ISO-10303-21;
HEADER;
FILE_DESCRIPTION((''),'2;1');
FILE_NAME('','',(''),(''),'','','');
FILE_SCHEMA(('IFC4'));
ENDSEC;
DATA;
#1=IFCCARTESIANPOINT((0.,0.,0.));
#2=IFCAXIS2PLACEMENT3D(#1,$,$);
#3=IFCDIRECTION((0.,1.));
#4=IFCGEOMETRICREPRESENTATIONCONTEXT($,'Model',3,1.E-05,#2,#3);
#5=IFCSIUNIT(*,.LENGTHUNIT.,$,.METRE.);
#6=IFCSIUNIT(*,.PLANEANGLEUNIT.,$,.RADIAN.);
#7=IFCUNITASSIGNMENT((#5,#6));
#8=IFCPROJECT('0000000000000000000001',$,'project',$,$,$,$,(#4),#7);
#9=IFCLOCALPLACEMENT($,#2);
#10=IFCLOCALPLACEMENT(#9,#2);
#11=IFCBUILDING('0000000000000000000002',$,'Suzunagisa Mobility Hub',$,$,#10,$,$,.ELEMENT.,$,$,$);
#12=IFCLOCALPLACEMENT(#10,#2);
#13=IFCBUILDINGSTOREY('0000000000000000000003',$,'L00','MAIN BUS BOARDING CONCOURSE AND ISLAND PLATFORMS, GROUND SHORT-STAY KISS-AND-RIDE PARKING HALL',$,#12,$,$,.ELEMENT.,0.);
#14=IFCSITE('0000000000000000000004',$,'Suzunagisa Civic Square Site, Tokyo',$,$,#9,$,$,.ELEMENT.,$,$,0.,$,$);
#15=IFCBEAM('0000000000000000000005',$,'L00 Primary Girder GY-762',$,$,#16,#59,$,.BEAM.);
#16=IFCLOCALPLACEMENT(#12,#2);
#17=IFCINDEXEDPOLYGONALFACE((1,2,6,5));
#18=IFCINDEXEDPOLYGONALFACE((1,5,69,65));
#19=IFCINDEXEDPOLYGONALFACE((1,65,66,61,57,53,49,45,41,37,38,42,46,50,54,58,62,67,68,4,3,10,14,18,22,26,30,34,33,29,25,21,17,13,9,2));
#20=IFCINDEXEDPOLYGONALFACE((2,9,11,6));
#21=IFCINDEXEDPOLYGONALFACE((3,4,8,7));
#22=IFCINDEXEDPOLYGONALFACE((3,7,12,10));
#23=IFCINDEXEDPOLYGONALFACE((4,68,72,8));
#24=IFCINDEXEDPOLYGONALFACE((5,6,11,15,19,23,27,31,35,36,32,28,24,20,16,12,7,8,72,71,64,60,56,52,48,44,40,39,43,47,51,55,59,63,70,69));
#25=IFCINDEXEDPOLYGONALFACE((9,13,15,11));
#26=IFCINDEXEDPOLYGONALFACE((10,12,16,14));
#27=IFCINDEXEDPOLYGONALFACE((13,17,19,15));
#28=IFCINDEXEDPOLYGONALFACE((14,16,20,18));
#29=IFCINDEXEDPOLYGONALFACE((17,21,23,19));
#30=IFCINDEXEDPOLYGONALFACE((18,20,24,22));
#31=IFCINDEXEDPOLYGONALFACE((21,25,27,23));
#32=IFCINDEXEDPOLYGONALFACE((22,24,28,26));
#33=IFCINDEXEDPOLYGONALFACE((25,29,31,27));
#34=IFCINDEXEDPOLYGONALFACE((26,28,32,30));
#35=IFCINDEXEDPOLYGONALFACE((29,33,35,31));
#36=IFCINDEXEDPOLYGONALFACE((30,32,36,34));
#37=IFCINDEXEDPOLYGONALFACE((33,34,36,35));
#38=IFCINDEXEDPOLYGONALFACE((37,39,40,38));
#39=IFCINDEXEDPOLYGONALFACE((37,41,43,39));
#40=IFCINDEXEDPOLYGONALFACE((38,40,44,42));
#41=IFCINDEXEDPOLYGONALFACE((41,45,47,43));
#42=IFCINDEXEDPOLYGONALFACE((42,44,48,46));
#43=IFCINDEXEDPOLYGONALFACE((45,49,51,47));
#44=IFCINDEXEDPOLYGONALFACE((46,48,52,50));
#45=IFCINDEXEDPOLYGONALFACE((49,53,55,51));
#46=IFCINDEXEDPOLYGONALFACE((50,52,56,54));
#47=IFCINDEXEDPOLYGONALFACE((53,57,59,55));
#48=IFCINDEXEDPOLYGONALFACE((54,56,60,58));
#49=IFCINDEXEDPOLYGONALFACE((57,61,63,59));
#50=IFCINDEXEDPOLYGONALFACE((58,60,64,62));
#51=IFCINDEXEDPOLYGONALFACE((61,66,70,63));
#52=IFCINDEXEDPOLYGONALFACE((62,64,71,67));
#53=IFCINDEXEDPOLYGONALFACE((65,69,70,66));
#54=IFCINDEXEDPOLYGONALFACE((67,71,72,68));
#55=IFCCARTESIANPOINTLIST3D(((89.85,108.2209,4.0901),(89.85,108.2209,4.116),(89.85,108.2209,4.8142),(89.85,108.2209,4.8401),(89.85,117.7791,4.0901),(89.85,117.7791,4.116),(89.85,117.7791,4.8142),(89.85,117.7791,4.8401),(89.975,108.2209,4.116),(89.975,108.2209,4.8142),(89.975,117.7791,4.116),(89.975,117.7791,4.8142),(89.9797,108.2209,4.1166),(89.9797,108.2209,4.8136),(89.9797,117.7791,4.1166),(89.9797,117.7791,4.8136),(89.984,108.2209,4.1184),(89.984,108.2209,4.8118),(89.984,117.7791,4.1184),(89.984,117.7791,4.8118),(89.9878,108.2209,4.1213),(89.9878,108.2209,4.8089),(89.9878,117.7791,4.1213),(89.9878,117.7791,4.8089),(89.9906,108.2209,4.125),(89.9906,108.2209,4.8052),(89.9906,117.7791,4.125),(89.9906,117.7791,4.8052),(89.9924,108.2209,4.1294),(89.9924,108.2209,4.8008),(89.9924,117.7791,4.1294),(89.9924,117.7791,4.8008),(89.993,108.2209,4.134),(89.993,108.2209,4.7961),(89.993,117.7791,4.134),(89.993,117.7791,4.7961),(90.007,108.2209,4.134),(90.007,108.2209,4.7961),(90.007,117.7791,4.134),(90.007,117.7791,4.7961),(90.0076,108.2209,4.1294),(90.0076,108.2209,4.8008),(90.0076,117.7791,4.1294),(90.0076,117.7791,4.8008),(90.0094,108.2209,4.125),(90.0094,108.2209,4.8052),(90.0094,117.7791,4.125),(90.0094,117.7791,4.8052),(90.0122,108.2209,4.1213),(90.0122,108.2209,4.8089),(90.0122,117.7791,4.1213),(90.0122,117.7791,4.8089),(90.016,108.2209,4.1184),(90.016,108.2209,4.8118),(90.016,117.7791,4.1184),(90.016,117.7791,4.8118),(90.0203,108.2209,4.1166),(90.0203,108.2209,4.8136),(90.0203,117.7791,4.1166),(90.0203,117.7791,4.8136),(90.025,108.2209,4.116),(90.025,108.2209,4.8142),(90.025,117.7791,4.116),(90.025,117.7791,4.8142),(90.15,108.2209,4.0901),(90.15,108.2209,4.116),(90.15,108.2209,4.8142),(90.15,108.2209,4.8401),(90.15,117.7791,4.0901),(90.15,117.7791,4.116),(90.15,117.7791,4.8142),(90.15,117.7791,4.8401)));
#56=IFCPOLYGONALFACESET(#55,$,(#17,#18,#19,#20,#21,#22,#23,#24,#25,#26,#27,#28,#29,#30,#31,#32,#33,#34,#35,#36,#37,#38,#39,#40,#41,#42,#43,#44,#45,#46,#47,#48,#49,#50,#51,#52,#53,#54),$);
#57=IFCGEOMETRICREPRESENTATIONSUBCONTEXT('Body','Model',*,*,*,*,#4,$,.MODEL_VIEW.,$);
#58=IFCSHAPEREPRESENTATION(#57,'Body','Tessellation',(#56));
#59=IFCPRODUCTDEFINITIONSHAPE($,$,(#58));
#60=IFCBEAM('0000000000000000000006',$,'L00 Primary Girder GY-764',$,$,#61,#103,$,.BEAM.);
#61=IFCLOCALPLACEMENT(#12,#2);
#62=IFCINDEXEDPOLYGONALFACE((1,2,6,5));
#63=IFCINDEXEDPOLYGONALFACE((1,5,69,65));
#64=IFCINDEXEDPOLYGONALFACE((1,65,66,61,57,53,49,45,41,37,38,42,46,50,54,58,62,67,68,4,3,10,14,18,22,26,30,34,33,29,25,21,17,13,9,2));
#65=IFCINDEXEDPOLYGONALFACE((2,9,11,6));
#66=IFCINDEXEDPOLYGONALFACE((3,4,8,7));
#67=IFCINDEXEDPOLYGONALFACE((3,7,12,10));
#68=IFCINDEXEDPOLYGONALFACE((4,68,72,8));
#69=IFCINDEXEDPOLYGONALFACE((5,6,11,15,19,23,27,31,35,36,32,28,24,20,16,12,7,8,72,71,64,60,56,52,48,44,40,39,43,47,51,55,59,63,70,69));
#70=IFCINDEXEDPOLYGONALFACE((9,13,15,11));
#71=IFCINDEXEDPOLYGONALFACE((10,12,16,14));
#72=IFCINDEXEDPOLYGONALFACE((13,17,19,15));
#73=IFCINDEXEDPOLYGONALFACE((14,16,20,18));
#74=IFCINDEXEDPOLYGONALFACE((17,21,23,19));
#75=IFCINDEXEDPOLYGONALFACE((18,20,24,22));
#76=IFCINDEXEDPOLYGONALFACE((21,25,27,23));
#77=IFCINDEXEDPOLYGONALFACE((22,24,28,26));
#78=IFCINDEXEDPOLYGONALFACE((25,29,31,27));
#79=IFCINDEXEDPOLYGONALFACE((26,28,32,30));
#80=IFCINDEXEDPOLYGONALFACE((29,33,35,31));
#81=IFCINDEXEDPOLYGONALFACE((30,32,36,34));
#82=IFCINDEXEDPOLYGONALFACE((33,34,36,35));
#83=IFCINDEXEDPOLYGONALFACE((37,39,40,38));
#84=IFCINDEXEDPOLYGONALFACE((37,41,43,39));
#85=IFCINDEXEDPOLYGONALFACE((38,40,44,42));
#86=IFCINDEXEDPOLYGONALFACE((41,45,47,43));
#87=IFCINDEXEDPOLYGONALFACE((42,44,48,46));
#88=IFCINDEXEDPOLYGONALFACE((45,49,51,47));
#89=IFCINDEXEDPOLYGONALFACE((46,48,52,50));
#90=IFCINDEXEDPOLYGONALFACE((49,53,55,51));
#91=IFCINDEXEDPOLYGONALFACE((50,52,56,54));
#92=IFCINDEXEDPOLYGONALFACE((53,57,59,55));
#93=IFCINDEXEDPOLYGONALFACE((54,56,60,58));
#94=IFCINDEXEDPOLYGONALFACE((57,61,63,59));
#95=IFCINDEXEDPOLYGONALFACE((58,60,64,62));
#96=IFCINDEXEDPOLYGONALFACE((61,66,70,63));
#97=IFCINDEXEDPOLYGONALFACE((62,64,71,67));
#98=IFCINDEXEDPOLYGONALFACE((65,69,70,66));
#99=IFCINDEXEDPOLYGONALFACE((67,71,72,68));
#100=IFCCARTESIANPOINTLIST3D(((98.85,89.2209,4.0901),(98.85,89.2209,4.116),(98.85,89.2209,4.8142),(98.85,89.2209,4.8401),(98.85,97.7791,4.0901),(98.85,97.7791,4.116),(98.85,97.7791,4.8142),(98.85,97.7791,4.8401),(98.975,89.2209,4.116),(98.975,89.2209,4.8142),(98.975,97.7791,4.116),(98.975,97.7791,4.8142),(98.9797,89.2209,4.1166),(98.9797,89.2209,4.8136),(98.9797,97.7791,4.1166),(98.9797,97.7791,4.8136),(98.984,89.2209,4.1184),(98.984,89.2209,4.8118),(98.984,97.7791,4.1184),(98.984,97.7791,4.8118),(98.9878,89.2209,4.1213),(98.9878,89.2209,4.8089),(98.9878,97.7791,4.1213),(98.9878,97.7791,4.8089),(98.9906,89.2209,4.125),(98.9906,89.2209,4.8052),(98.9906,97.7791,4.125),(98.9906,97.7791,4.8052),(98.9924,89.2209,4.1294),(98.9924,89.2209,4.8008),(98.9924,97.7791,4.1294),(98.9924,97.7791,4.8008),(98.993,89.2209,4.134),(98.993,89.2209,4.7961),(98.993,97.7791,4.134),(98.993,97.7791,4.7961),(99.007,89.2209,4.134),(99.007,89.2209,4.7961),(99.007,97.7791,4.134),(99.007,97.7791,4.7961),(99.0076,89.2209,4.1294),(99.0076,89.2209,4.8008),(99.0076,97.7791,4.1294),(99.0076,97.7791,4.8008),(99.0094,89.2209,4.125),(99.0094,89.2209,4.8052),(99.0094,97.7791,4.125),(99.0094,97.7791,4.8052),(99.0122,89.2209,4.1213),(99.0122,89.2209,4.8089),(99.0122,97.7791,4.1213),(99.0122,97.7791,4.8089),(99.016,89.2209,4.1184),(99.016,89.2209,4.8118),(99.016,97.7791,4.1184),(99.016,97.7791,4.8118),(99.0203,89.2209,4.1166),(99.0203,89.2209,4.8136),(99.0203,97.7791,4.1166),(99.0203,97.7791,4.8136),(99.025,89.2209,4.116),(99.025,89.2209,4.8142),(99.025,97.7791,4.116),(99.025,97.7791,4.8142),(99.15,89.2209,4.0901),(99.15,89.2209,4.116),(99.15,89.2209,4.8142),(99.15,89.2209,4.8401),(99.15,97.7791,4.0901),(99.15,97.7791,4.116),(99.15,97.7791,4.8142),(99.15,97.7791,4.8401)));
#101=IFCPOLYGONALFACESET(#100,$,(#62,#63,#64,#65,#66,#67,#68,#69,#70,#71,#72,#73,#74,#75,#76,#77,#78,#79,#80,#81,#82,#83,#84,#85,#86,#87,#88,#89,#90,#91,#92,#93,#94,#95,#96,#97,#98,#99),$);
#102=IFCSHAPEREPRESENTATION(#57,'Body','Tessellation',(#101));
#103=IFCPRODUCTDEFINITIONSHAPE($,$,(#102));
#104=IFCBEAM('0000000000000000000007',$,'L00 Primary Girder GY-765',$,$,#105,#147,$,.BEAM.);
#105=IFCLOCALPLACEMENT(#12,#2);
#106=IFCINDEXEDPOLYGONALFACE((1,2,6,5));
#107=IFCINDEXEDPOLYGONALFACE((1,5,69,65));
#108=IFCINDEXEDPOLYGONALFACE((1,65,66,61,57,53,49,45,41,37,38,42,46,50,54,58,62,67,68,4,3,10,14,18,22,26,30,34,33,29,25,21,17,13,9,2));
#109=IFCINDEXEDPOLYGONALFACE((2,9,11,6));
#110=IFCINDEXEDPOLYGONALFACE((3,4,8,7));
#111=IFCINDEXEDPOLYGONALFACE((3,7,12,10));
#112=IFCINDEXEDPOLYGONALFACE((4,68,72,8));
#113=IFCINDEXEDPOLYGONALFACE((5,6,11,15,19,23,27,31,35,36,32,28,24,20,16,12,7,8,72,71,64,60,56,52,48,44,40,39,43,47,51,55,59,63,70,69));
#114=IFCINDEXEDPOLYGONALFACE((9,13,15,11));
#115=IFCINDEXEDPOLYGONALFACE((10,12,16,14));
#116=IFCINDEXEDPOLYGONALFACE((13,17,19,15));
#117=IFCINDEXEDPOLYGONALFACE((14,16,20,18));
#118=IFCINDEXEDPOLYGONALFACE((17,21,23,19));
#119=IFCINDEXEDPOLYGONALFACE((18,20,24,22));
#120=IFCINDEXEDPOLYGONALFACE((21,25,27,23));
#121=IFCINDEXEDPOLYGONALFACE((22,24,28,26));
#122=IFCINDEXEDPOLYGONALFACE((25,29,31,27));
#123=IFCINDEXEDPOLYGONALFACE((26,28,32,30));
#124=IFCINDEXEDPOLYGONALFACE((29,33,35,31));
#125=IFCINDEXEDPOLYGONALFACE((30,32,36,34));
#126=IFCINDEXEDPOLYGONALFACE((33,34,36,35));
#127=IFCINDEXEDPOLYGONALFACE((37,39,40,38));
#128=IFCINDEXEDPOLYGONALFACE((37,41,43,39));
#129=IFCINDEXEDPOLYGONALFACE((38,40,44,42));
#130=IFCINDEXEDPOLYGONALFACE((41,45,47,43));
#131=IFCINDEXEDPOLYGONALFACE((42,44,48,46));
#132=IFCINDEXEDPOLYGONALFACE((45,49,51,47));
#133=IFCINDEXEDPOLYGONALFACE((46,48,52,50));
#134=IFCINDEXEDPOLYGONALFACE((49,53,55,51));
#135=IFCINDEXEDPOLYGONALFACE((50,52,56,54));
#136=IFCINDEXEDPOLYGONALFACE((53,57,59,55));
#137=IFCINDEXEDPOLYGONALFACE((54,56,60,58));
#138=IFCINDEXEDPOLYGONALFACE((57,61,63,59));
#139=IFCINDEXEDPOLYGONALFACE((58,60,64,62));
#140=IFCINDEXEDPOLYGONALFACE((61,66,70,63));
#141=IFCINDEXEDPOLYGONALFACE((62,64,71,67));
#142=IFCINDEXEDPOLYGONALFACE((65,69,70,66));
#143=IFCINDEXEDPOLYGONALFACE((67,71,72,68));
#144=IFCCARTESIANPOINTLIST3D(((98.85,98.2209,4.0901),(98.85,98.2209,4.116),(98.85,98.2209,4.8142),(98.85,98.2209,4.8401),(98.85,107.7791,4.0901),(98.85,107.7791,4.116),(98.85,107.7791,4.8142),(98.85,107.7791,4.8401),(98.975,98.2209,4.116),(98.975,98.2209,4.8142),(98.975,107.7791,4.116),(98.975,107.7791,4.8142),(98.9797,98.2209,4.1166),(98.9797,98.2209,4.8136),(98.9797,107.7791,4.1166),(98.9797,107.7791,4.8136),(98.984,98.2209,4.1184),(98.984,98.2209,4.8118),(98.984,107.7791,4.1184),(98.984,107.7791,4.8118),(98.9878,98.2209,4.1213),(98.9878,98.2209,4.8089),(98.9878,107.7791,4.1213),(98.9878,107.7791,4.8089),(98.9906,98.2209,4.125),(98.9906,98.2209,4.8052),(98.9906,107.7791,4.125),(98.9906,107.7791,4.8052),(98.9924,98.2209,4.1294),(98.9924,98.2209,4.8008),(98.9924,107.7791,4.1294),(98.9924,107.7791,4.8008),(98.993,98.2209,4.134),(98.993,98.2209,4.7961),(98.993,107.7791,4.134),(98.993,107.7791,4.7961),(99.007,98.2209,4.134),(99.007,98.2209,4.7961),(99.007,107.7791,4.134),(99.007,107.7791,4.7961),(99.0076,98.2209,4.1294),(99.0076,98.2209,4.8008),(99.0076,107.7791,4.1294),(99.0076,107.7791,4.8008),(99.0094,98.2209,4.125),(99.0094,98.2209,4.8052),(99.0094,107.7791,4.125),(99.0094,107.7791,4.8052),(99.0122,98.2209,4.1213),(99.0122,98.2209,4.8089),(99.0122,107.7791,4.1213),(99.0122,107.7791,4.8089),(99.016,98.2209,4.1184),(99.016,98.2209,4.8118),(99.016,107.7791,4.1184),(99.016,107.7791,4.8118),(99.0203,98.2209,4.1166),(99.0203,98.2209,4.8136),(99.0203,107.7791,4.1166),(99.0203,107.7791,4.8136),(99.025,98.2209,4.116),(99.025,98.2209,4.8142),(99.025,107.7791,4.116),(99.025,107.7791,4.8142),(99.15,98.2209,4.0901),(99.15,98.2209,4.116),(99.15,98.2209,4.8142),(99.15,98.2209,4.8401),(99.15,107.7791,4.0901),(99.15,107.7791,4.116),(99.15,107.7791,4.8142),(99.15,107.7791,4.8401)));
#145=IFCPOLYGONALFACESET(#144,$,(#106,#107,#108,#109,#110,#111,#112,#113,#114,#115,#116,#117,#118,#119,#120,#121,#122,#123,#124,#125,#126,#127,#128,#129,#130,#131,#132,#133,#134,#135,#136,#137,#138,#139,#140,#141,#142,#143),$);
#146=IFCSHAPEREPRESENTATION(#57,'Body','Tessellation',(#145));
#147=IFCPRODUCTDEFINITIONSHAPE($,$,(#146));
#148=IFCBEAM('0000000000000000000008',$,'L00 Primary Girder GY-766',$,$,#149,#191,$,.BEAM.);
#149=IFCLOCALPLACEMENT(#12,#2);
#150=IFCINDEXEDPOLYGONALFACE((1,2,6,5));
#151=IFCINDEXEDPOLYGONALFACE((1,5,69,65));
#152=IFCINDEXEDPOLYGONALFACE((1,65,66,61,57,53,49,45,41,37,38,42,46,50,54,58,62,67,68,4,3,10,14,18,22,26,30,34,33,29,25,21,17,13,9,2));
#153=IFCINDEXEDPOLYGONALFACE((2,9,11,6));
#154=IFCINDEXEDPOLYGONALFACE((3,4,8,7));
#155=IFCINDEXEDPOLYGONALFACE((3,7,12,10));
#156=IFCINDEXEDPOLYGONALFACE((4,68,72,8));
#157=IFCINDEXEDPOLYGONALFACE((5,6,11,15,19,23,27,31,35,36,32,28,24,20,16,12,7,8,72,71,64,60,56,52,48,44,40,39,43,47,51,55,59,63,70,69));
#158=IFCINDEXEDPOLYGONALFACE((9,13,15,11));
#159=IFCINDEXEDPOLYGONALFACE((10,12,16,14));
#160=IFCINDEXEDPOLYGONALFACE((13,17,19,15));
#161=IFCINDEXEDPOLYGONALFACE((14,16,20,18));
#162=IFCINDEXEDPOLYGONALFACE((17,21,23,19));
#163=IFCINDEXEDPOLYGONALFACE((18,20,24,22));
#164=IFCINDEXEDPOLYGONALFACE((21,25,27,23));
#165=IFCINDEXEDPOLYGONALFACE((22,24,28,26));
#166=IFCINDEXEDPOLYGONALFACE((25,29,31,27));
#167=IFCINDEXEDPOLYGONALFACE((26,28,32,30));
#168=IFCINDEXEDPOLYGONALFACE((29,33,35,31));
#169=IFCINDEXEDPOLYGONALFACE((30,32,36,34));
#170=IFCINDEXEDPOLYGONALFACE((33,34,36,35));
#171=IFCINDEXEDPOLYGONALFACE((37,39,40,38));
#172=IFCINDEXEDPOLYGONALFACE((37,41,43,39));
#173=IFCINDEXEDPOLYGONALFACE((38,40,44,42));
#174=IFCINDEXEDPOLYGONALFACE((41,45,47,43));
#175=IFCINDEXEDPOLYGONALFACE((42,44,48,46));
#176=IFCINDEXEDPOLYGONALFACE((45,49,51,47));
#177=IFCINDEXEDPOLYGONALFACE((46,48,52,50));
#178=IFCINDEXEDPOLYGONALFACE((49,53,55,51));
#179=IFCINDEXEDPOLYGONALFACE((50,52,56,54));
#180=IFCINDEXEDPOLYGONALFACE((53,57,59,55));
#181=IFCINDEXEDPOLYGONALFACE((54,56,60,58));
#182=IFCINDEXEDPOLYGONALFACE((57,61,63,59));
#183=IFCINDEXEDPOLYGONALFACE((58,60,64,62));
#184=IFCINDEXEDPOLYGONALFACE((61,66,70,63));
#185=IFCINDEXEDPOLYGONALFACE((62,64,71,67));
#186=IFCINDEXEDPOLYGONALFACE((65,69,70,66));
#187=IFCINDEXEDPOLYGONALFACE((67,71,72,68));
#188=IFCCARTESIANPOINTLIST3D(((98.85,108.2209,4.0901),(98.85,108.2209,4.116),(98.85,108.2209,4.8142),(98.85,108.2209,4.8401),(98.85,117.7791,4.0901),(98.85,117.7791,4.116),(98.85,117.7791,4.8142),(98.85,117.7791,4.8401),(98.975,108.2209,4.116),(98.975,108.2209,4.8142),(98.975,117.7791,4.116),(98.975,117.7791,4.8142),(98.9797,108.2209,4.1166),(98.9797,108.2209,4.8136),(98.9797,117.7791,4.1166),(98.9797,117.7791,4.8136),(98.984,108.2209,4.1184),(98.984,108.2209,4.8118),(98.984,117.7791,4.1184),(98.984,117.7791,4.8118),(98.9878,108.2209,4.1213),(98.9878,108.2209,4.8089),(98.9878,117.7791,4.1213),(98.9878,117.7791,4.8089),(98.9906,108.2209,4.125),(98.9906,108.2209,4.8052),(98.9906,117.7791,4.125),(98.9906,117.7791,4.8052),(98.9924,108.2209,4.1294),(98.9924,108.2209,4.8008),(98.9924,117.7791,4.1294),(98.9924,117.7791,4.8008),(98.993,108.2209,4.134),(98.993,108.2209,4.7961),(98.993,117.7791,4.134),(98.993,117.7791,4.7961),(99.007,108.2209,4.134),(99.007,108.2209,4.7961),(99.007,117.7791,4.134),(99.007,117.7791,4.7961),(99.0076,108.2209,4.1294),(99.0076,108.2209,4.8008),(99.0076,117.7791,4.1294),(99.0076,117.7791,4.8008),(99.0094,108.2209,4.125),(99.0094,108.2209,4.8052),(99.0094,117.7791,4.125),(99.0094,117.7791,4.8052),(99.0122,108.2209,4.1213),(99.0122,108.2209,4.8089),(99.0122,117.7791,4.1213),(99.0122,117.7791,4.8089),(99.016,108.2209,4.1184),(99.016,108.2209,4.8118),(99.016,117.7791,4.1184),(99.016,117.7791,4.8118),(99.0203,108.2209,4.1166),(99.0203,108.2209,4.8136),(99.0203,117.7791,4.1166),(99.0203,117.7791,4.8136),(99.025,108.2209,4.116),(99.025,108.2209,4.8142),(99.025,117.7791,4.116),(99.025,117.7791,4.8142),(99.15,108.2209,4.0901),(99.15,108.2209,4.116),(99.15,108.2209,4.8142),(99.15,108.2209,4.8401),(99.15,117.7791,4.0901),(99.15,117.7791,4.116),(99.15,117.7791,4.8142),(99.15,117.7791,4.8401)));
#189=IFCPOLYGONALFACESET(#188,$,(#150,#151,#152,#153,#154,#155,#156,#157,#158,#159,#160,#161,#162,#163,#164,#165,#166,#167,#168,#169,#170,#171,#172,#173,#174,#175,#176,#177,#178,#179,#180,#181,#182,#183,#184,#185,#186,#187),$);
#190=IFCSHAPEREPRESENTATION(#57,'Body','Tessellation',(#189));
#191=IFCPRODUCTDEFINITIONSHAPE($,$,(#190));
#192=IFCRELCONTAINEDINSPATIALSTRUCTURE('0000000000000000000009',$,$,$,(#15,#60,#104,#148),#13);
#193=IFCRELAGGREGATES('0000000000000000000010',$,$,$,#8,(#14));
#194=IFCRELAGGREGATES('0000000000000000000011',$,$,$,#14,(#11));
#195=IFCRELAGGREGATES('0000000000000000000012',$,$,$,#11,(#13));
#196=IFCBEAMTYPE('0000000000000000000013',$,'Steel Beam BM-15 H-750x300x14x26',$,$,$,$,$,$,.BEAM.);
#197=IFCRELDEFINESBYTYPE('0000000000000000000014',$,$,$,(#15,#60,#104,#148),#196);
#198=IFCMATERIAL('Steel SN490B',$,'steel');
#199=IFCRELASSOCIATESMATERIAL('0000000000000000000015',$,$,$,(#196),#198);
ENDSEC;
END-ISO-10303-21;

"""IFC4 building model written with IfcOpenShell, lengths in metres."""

from ifc_helpers import new_model, si_unit, direction, frame, origin, origin_2d, place, context, subcontext, project, spatial, i_section, extrude, material, material_profile, profile_set, type_object, element, save


model = new_model("IFC4")

# Units and contexts
model_context = context("Model", 3, precision=1e-05, world=origin(), true_north=direction((0.0, 1.0)))
body_context = subcontext(model_context, "Body", "Model", "MODEL_VIEW")
ifc_project = project(units=[si_unit("LENGTHUNIT", "METRE"), si_unit("PLANEANGLEUNIT", "RADIAN")], contexts=[model_context])

# Site, building, storey
site_placement = place(None, origin())
site = spatial("IfcSite", under=ifc_project, at=site_placement, Name="Suzunagisa Civic Square Site, Tokyo", CompositionType="ELEMENT", RefElevation=0.0)
building_placement = place(site_placement, origin())
building = spatial("IfcBuilding", under=site, at=building_placement, Name="Suzunagisa Mobility Hub", CompositionType="ELEMENT")
storey_placement = place(building_placement, origin())
storey = spatial("IfcBuildingStorey", under=building, at=storey_placement, Name="L00", Description="MAIN BUS BOARDING CONCOURSE AND ISLAND PLATFORMS, GROUND SHORT-STAY KISS-AND-RIDE PARKING HALL", CompositionType="ELEMENT", Elevation=0.0)

# Shared definitions
ifc_material_1 = material(Name="Steel SN490B", Category="steel")

# Beams
ifc_material_profile_1 = material_profile(ifc_material_1, i_section(OverallWidth=0.3, OverallDepth=0.75, WebThickness=0.0139, FlangeThickness=0.0259, FilletRadius=0.0181, at=origin_2d()), Name="H-750x300x14x26")
ifc_profile_set_1 = profile_set([ifc_material_profile_1], Name="Steel SN490B")
beam_type_1 = type_object("IfcBeamType", Name="Steel Beam BM-15 H-750x300x14x26", PredefinedType="BEAM", material=ifc_profile_set_1)
for number, where, z_axis, x_axis, name in (
    (1, (90.0, 108.2209, 4.4651), (0.0, 1.0, 0.0), (-1.0, 0.0, 0.0), "L00 Primary Girder GY-762"),
):
    element("IfcBeam", number, at=place(storey_placement, frame(where, z_axis=z_axis, x_axis=x_axis)), inside=storey, type_object=beam_type_1, Name=name, PredefinedType="BEAM", context=body_context, shape_type="SweptSolid", body=[
        extrude(i_section(OverallWidth=0.3, OverallDepth=0.75, WebThickness=0.0139, FlangeThickness=0.0259, FilletRadius=0.0181, at=origin_2d()), origin(), (0.0, 0.0, 1.0), 9.5581),
    ])
beam_1_placement = place(storey_placement, frame((99.0, 89.2209, 4.4651), z_axis=(0.0, 1.0, 0.0), x_axis=(-1.0, 0.0, 0.0)))
element("IfcBeam", 2, at=beam_1_placement, inside=storey, type_object=beam_type_1, Name="L00 Primary Girder GY-764", PredefinedType="BEAM", context=body_context, shape_type="SweptSolid", body=[
    extrude(i_section(OverallWidth=0.3, OverallDepth=0.75, WebThickness=0.0139, FlangeThickness=0.0259, FilletRadius=0.0181, at=origin_2d()), origin(), (0.0, 0.0, 1.0), 8.5581),
])
for number, where, z_axis, x_axis, name in (
    (3, (99.0, 98.2209, 4.4651), (0.0, 1.0, 0.0), (-1.0, 0.0, 0.0), "L00 Primary Girder GY-765"),
    (4, (99.0, 108.2209, 4.4651), (0.0, 1.0, 0.0), (-1.0, 0.0, 0.0), "L00 Primary Girder GY-766"),
):
    element("IfcBeam", number, at=place(storey_placement, frame(where, z_axis=z_axis, x_axis=x_axis)), inside=storey, type_object=beam_type_1, Name=name, PredefinedType="BEAM", context=body_context, shape_type="SweptSolid", body=[
        extrude(i_section(OverallWidth=0.3, OverallDepth=0.75, WebThickness=0.0139, FlangeThickness=0.0259, FilletRadius=0.0181, at=origin_2d()), origin(), (0.0, 0.0, 1.0), 9.5581),
    ])

save(model, "model.ifc")
